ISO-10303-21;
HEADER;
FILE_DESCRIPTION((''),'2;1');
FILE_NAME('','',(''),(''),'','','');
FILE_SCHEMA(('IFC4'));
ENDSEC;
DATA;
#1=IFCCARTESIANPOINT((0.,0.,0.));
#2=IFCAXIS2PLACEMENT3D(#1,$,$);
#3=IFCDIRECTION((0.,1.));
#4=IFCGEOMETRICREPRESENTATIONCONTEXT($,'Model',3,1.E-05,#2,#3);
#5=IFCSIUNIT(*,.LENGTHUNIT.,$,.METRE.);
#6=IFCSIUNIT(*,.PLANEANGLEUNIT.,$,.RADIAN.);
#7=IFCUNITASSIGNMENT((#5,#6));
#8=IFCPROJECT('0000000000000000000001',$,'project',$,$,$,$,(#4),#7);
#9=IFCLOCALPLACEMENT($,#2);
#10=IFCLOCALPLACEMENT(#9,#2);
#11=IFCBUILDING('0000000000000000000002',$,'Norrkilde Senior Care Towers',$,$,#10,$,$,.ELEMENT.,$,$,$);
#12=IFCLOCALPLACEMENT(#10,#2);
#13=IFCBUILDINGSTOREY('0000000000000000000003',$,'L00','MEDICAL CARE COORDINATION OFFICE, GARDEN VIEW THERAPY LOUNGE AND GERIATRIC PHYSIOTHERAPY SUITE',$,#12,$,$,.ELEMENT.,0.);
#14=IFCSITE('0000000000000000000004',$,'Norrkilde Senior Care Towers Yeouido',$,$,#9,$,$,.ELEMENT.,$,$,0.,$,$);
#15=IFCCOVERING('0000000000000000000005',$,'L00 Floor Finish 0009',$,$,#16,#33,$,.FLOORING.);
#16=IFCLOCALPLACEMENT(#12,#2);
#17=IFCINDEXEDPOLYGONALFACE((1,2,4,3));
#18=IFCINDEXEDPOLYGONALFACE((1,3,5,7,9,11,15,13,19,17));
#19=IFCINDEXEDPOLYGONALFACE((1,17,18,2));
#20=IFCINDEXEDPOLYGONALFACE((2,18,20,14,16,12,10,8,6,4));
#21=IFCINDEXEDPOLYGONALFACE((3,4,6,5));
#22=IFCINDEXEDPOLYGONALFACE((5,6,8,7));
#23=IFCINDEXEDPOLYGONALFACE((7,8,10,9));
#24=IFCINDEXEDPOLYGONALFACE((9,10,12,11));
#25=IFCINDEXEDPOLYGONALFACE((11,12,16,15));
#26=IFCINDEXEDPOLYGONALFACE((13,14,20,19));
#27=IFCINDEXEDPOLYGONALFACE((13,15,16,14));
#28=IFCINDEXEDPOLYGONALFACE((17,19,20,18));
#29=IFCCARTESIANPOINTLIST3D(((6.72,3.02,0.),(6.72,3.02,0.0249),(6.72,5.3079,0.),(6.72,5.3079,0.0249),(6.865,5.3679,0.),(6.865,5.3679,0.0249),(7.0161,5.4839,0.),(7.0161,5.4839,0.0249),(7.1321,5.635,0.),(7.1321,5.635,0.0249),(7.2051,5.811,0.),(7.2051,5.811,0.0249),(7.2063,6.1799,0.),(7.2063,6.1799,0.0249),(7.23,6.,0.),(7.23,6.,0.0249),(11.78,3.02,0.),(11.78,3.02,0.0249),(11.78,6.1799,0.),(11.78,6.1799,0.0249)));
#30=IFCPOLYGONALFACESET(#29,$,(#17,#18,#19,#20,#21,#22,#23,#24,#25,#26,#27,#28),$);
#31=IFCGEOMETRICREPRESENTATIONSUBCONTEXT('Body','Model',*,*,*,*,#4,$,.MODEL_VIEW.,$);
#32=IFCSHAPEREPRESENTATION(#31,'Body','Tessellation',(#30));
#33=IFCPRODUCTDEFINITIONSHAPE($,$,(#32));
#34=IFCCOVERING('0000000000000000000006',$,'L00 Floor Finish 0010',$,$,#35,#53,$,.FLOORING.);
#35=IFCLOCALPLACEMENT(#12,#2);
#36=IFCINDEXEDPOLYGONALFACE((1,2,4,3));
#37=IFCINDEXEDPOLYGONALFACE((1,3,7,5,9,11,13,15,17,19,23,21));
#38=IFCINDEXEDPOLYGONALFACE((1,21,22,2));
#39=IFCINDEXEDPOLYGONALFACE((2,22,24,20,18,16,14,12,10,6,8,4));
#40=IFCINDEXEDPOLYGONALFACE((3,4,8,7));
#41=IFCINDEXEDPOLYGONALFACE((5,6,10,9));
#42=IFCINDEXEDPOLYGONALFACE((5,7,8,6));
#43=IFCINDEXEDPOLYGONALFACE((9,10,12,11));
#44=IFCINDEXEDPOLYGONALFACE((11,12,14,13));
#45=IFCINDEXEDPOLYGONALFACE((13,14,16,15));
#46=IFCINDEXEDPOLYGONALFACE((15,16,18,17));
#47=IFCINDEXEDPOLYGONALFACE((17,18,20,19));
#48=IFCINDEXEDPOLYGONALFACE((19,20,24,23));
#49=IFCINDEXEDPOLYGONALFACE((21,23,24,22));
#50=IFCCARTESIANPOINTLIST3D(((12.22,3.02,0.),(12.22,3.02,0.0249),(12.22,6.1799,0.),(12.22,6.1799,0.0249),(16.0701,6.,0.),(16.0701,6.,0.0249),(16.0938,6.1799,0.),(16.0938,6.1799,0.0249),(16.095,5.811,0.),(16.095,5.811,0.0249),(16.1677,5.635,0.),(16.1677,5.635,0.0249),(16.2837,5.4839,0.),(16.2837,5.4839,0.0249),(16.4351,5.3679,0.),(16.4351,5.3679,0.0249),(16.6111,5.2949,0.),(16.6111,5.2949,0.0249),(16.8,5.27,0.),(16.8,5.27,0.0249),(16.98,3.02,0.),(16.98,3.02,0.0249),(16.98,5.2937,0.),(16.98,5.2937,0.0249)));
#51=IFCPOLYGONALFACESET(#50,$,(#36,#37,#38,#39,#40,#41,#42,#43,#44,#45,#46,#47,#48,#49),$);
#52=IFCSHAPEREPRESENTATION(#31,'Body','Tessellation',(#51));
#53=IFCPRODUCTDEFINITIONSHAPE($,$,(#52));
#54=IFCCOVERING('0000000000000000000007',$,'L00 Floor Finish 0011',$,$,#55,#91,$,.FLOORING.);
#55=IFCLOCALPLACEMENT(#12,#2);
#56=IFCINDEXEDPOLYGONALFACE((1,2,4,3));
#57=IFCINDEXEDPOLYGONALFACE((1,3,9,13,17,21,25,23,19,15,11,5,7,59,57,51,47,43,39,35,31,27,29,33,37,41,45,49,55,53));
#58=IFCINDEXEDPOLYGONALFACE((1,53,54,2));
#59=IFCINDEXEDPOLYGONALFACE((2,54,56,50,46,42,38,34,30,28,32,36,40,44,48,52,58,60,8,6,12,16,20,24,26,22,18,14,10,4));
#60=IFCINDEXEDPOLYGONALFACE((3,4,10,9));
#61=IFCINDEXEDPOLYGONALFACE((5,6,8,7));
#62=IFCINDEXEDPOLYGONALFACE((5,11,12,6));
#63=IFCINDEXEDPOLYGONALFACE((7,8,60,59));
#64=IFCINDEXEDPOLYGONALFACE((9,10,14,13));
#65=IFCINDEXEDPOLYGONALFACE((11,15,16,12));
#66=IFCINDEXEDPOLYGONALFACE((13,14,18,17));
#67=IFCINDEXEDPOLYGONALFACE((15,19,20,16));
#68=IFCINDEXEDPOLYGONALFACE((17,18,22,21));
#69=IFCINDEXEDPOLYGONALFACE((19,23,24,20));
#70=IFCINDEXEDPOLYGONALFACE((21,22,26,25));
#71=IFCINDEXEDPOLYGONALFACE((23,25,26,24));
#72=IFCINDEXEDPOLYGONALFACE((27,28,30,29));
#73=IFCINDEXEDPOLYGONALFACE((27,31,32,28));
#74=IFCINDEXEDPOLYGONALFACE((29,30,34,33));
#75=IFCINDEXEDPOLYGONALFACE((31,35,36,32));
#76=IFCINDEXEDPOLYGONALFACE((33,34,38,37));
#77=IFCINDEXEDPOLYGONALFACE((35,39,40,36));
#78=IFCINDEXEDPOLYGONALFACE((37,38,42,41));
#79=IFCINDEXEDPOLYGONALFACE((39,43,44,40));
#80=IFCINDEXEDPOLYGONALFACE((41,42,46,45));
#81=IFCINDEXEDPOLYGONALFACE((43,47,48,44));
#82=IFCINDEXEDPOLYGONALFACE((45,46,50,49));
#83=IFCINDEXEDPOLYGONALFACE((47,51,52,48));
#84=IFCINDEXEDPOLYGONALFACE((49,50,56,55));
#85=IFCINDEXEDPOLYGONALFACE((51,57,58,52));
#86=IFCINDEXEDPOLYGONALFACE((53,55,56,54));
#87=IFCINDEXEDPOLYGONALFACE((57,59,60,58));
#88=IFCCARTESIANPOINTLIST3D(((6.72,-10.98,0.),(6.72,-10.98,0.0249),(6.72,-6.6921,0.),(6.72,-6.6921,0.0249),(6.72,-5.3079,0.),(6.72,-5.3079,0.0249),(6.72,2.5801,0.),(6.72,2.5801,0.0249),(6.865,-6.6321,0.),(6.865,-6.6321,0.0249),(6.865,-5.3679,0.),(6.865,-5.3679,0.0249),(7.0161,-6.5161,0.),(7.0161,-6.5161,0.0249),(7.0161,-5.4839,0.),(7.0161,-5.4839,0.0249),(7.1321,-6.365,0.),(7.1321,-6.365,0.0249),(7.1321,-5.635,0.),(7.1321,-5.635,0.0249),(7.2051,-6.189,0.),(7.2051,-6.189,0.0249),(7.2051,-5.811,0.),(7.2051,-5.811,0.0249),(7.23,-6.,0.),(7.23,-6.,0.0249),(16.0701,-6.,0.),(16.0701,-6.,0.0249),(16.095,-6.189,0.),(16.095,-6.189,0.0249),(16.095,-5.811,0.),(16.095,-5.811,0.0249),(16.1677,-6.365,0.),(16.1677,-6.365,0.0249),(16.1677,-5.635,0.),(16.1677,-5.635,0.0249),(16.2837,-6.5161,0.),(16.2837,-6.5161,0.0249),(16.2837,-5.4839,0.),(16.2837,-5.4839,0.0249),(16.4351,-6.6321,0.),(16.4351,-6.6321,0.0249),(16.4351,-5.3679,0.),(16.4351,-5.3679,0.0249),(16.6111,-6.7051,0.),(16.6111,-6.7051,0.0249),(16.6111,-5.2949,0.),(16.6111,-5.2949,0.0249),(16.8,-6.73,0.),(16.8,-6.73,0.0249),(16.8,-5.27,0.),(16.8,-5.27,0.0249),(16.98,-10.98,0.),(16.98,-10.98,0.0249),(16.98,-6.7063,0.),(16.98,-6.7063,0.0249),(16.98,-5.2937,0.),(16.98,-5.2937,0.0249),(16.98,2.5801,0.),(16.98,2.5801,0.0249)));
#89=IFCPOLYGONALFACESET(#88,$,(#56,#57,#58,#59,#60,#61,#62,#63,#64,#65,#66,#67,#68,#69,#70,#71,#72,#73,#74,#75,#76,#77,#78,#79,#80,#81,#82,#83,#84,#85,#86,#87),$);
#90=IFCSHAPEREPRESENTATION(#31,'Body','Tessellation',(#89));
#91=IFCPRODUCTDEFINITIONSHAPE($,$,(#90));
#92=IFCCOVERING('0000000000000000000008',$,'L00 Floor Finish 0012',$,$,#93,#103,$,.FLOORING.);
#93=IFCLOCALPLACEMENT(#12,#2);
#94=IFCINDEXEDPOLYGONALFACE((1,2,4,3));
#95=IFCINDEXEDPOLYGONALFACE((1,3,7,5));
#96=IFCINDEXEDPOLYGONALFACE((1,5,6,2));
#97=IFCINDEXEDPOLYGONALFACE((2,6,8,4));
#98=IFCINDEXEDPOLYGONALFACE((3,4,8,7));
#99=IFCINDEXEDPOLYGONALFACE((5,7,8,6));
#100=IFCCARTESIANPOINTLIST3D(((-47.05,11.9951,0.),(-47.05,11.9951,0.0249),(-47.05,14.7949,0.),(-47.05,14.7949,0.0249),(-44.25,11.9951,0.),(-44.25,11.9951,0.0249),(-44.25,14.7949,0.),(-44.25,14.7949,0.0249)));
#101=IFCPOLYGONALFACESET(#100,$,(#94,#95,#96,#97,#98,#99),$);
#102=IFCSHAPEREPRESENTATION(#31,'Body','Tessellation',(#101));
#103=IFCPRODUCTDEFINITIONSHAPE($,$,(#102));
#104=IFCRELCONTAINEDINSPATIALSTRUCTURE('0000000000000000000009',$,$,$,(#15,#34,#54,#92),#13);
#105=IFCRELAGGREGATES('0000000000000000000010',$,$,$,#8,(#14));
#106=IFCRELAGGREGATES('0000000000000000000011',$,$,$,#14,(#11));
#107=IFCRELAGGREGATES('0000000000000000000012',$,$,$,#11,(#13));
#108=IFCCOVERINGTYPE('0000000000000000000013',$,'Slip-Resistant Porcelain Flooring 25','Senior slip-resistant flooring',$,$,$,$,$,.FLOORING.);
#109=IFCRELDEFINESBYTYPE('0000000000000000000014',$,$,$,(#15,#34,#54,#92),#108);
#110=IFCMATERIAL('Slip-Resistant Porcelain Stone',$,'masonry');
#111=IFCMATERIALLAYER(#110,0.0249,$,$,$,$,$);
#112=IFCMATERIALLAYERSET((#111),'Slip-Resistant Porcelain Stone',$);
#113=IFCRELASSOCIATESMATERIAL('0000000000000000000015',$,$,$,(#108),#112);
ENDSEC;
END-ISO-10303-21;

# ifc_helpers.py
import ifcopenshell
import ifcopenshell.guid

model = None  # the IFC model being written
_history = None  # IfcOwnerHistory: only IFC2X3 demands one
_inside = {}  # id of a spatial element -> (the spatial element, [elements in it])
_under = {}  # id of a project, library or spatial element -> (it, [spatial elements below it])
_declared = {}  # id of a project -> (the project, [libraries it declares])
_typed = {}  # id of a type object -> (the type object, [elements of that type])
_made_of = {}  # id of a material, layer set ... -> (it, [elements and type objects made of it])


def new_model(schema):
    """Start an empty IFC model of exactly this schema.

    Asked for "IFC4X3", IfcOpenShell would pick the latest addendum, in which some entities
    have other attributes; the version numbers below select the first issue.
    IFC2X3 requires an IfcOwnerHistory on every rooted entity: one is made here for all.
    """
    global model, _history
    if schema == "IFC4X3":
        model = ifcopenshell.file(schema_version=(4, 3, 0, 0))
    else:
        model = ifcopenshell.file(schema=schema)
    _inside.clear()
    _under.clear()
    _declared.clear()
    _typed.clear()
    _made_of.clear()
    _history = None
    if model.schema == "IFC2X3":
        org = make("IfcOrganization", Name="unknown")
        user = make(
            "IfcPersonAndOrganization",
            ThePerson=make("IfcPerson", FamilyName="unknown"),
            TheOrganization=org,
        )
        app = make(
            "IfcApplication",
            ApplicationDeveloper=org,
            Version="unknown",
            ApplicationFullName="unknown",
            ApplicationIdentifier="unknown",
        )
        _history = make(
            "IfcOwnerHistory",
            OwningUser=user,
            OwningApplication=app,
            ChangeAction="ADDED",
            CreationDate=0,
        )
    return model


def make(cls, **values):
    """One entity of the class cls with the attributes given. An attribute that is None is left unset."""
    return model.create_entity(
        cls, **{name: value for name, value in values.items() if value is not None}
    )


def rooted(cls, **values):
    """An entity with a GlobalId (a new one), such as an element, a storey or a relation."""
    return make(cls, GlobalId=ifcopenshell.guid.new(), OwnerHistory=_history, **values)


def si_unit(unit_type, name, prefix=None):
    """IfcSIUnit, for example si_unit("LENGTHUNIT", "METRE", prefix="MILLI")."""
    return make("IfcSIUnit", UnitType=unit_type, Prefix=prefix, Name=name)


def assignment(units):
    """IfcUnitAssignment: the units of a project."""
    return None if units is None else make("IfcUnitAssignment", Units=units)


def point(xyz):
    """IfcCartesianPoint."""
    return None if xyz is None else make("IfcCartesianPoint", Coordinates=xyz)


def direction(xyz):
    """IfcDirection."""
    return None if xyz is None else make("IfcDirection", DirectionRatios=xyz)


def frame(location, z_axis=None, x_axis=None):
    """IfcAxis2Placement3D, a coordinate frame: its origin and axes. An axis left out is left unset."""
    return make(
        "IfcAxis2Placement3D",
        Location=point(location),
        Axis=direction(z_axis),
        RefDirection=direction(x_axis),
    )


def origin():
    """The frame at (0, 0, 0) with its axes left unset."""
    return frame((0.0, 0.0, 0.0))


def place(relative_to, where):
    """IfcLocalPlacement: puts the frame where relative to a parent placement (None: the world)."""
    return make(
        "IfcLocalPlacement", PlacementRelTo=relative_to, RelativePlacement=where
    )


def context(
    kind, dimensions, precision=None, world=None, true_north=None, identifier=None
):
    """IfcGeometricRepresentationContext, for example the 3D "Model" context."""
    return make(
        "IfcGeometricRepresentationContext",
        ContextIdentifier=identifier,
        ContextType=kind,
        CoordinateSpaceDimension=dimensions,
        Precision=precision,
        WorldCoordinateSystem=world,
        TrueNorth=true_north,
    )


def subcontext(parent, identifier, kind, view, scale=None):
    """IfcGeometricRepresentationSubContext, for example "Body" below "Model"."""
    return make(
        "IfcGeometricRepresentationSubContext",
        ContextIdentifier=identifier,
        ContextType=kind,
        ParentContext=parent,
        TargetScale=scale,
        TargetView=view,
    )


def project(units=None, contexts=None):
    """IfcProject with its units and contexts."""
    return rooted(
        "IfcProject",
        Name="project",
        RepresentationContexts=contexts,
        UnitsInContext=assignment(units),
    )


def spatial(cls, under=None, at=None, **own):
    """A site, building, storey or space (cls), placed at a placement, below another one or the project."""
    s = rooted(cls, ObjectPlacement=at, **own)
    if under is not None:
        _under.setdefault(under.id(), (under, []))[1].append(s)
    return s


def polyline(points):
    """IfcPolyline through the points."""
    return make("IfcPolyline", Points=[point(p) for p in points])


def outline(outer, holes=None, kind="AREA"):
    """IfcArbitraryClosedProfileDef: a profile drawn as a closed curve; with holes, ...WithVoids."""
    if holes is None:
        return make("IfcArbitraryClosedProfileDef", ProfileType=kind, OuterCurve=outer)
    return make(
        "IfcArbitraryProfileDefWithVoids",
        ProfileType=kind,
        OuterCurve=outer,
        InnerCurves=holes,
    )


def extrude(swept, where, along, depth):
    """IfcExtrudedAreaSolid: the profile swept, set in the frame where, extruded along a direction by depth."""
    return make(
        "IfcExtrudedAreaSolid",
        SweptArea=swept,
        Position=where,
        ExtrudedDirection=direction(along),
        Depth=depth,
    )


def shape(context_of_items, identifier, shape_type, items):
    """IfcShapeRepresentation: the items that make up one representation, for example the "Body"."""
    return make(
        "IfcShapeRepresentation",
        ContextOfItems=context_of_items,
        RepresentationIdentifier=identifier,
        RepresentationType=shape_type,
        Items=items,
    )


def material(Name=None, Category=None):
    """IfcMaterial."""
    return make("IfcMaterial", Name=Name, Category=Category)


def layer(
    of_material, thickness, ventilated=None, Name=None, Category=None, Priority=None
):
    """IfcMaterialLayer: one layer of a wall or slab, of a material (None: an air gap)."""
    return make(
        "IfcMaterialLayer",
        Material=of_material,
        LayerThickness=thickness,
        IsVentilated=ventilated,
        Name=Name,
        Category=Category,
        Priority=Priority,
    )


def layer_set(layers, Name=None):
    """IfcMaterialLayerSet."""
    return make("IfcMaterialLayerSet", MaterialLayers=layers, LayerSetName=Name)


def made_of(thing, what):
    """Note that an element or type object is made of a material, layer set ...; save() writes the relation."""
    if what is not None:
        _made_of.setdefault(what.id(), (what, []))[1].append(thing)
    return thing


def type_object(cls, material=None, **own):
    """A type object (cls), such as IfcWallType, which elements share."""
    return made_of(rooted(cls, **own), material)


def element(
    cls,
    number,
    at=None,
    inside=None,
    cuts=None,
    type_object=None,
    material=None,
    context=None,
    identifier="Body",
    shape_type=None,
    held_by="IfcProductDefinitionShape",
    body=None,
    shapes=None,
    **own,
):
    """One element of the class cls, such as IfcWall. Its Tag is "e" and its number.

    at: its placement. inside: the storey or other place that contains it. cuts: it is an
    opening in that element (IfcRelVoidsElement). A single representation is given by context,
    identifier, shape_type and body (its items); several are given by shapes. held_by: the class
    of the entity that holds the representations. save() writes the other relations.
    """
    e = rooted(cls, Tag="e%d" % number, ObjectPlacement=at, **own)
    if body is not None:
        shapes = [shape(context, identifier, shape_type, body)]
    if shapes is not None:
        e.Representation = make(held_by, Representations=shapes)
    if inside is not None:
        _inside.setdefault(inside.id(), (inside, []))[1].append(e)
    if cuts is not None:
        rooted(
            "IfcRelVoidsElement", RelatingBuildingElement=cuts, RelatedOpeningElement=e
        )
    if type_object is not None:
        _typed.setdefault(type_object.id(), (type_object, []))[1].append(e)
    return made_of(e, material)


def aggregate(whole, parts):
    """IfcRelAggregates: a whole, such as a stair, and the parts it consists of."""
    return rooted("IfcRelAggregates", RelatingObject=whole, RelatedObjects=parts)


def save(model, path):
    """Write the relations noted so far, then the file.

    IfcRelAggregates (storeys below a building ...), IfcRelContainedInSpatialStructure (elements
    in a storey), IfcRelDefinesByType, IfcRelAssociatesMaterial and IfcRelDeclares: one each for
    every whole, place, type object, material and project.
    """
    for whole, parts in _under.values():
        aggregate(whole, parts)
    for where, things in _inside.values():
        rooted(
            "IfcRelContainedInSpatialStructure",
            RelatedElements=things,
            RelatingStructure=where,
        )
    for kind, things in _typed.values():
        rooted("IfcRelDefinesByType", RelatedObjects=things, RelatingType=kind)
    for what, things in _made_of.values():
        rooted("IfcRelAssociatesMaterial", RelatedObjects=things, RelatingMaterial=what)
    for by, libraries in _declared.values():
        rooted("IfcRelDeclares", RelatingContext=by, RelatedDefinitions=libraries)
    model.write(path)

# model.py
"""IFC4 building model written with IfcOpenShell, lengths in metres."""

from ifc_helpers import new_model, si_unit, direction, origin, place, context, subcontext, project, spatial, polyline, outline, extrude, material, layer, layer_set, type_object, element, save


model = new_model("IFC4")

# Units and contexts
model_context = context("Model", 3, precision=1e-05, world=origin(), true_north=direction((0.0, 1.0)))
body_context = subcontext(model_context, "Body", "Model", "MODEL_VIEW")
ifc_project = project(units=[si_unit("LENGTHUNIT", "METRE"), si_unit("PLANEANGLEUNIT", "RADIAN")], contexts=[model_context])

# Site, building, storey
site_placement = place(None, origin())
site = spatial("IfcSite", under=ifc_project, at=site_placement, Name="Norrkilde Senior Care Towers Yeouido", CompositionType="ELEMENT", RefElevation=0.0)
building_placement = place(site_placement, origin())
building = spatial("IfcBuilding", under=site, at=building_placement, Name="Norrkilde Senior Care Towers", CompositionType="ELEMENT")
storey_placement = place(building_placement, origin())
storey = spatial("IfcBuildingStorey", under=building, at=storey_placement, Name="L00", Description="MEDICAL CARE COORDINATION OFFICE, GARDEN VIEW THERAPY LOUNGE AND GERIATRIC PHYSIOTHERAPY SUITE", CompositionType="ELEMENT", Elevation=0.0)

# Coverings
ifc_material_1 = material(Name="Slip-Resistant Porcelain Stone", Category="masonry")
ifc_layer_1 = layer(ifc_material_1, 0.0249)
ifc_layer_set_1 = layer_set([ifc_layer_1], Name="Slip-Resistant Porcelain Stone")
covering_type_1 = type_object("IfcCoveringType", Name="Slip-Resistant Porcelain Flooring 25", Description="Senior slip-resistant flooring", PredefinedType="FLOORING", material=ifc_layer_set_1)
covering_1_placement = place(storey_placement, origin())
element("IfcCovering", 1, at=covering_1_placement, inside=storey, type_object=covering_type_1, Name="L00 Floor Finish 0009", PredefinedType="FLOORING", context=body_context, shape_type="SweptSolid", body=[
    extrude(outline(polyline([(11.78, 3.02), (6.72, 3.02), (6.72, 5.3079), (6.865, 5.3679), (7.0161, 5.4839), (7.1321, 5.635), (7.2051, 5.811), (7.23, 6.0), (7.2063, 6.1799), (11.78, 6.1799), (11.78, 3.02)])), origin(), (0.0, 0.0, 1.0), 0.0249),
])
covering_2_placement = place(storey_placement, origin())
element("IfcCovering", 2, at=covering_2_placement, inside=storey, type_object=covering_type_1, Name="L00 Floor Finish 0010", PredefinedType="FLOORING", context=body_context, shape_type="SweptSolid", body=[
    extrude(outline(polyline([(16.98, 3.02), (12.22, 3.02), (12.22, 6.1799), (16.0938, 6.1799), (16.0701, 6.0), (16.095, 5.811), (16.1677, 5.635), (16.2837, 5.4839), (16.4351, 5.3679), (16.6111, 5.2949), (16.8, 5.27), (16.98, 5.2937), (16.98, 3.02)])), origin(), (0.0, 0.0, 1.0), 0.0249),
])
covering_3_placement = place(storey_placement, origin())
element("IfcCovering", 3, at=covering_3_placement, inside=storey, type_object=covering_type_1, Name="L00 Floor Finish 0011", PredefinedType="FLOORING", context=body_context, shape_type="SweptSolid", body=[
    extrude(outline(polyline([(6.72, -10.98), (6.72, -6.6921), (6.865, -6.6321), (7.0161, -6.5161), (7.1321, -6.365), (7.2051, -6.189), (7.23, -6.0), (7.2051, -5.811), (7.1321, -5.635), (7.0161, -5.4839), (6.865, -5.3679), (6.72, -5.3079), (6.72, 2.5801), (16.98, 2.5801), (16.98, -5.2937), (16.8, -5.27), (16.6111, -5.2949), (16.4351, -5.3679), (16.2837, -5.4839), (16.1677, -5.635), (16.095, -5.811), (16.0701, -6.0), (16.095, -6.189), (16.1677, -6.365), (16.2837, -6.5161), (16.4351, -6.6321), (16.6111, -6.7051), (16.8, -6.73), (16.98, -6.7063), (16.98, -10.98), (6.72, -10.98)])), origin(), (0.0, 0.0, 1.0), 0.0249),
])
covering_4_placement = place(storey_placement, origin())
element("IfcCovering", 4, at=covering_4_placement, inside=storey, type_object=covering_type_1, Name="L00 Floor Finish 0012", PredefinedType="FLOORING", context=body_context, shape_type="SweptSolid", body=[
    extrude(outline(polyline([(-47.05, 11.9951), (-47.05, 14.7949), (-44.25, 14.7949), (-44.25, 11.9951), (-47.05, 11.9951)])), origin(), (0.0, 0.0, 1.0), 0.0249),
])

save(model, "model.ifc")
